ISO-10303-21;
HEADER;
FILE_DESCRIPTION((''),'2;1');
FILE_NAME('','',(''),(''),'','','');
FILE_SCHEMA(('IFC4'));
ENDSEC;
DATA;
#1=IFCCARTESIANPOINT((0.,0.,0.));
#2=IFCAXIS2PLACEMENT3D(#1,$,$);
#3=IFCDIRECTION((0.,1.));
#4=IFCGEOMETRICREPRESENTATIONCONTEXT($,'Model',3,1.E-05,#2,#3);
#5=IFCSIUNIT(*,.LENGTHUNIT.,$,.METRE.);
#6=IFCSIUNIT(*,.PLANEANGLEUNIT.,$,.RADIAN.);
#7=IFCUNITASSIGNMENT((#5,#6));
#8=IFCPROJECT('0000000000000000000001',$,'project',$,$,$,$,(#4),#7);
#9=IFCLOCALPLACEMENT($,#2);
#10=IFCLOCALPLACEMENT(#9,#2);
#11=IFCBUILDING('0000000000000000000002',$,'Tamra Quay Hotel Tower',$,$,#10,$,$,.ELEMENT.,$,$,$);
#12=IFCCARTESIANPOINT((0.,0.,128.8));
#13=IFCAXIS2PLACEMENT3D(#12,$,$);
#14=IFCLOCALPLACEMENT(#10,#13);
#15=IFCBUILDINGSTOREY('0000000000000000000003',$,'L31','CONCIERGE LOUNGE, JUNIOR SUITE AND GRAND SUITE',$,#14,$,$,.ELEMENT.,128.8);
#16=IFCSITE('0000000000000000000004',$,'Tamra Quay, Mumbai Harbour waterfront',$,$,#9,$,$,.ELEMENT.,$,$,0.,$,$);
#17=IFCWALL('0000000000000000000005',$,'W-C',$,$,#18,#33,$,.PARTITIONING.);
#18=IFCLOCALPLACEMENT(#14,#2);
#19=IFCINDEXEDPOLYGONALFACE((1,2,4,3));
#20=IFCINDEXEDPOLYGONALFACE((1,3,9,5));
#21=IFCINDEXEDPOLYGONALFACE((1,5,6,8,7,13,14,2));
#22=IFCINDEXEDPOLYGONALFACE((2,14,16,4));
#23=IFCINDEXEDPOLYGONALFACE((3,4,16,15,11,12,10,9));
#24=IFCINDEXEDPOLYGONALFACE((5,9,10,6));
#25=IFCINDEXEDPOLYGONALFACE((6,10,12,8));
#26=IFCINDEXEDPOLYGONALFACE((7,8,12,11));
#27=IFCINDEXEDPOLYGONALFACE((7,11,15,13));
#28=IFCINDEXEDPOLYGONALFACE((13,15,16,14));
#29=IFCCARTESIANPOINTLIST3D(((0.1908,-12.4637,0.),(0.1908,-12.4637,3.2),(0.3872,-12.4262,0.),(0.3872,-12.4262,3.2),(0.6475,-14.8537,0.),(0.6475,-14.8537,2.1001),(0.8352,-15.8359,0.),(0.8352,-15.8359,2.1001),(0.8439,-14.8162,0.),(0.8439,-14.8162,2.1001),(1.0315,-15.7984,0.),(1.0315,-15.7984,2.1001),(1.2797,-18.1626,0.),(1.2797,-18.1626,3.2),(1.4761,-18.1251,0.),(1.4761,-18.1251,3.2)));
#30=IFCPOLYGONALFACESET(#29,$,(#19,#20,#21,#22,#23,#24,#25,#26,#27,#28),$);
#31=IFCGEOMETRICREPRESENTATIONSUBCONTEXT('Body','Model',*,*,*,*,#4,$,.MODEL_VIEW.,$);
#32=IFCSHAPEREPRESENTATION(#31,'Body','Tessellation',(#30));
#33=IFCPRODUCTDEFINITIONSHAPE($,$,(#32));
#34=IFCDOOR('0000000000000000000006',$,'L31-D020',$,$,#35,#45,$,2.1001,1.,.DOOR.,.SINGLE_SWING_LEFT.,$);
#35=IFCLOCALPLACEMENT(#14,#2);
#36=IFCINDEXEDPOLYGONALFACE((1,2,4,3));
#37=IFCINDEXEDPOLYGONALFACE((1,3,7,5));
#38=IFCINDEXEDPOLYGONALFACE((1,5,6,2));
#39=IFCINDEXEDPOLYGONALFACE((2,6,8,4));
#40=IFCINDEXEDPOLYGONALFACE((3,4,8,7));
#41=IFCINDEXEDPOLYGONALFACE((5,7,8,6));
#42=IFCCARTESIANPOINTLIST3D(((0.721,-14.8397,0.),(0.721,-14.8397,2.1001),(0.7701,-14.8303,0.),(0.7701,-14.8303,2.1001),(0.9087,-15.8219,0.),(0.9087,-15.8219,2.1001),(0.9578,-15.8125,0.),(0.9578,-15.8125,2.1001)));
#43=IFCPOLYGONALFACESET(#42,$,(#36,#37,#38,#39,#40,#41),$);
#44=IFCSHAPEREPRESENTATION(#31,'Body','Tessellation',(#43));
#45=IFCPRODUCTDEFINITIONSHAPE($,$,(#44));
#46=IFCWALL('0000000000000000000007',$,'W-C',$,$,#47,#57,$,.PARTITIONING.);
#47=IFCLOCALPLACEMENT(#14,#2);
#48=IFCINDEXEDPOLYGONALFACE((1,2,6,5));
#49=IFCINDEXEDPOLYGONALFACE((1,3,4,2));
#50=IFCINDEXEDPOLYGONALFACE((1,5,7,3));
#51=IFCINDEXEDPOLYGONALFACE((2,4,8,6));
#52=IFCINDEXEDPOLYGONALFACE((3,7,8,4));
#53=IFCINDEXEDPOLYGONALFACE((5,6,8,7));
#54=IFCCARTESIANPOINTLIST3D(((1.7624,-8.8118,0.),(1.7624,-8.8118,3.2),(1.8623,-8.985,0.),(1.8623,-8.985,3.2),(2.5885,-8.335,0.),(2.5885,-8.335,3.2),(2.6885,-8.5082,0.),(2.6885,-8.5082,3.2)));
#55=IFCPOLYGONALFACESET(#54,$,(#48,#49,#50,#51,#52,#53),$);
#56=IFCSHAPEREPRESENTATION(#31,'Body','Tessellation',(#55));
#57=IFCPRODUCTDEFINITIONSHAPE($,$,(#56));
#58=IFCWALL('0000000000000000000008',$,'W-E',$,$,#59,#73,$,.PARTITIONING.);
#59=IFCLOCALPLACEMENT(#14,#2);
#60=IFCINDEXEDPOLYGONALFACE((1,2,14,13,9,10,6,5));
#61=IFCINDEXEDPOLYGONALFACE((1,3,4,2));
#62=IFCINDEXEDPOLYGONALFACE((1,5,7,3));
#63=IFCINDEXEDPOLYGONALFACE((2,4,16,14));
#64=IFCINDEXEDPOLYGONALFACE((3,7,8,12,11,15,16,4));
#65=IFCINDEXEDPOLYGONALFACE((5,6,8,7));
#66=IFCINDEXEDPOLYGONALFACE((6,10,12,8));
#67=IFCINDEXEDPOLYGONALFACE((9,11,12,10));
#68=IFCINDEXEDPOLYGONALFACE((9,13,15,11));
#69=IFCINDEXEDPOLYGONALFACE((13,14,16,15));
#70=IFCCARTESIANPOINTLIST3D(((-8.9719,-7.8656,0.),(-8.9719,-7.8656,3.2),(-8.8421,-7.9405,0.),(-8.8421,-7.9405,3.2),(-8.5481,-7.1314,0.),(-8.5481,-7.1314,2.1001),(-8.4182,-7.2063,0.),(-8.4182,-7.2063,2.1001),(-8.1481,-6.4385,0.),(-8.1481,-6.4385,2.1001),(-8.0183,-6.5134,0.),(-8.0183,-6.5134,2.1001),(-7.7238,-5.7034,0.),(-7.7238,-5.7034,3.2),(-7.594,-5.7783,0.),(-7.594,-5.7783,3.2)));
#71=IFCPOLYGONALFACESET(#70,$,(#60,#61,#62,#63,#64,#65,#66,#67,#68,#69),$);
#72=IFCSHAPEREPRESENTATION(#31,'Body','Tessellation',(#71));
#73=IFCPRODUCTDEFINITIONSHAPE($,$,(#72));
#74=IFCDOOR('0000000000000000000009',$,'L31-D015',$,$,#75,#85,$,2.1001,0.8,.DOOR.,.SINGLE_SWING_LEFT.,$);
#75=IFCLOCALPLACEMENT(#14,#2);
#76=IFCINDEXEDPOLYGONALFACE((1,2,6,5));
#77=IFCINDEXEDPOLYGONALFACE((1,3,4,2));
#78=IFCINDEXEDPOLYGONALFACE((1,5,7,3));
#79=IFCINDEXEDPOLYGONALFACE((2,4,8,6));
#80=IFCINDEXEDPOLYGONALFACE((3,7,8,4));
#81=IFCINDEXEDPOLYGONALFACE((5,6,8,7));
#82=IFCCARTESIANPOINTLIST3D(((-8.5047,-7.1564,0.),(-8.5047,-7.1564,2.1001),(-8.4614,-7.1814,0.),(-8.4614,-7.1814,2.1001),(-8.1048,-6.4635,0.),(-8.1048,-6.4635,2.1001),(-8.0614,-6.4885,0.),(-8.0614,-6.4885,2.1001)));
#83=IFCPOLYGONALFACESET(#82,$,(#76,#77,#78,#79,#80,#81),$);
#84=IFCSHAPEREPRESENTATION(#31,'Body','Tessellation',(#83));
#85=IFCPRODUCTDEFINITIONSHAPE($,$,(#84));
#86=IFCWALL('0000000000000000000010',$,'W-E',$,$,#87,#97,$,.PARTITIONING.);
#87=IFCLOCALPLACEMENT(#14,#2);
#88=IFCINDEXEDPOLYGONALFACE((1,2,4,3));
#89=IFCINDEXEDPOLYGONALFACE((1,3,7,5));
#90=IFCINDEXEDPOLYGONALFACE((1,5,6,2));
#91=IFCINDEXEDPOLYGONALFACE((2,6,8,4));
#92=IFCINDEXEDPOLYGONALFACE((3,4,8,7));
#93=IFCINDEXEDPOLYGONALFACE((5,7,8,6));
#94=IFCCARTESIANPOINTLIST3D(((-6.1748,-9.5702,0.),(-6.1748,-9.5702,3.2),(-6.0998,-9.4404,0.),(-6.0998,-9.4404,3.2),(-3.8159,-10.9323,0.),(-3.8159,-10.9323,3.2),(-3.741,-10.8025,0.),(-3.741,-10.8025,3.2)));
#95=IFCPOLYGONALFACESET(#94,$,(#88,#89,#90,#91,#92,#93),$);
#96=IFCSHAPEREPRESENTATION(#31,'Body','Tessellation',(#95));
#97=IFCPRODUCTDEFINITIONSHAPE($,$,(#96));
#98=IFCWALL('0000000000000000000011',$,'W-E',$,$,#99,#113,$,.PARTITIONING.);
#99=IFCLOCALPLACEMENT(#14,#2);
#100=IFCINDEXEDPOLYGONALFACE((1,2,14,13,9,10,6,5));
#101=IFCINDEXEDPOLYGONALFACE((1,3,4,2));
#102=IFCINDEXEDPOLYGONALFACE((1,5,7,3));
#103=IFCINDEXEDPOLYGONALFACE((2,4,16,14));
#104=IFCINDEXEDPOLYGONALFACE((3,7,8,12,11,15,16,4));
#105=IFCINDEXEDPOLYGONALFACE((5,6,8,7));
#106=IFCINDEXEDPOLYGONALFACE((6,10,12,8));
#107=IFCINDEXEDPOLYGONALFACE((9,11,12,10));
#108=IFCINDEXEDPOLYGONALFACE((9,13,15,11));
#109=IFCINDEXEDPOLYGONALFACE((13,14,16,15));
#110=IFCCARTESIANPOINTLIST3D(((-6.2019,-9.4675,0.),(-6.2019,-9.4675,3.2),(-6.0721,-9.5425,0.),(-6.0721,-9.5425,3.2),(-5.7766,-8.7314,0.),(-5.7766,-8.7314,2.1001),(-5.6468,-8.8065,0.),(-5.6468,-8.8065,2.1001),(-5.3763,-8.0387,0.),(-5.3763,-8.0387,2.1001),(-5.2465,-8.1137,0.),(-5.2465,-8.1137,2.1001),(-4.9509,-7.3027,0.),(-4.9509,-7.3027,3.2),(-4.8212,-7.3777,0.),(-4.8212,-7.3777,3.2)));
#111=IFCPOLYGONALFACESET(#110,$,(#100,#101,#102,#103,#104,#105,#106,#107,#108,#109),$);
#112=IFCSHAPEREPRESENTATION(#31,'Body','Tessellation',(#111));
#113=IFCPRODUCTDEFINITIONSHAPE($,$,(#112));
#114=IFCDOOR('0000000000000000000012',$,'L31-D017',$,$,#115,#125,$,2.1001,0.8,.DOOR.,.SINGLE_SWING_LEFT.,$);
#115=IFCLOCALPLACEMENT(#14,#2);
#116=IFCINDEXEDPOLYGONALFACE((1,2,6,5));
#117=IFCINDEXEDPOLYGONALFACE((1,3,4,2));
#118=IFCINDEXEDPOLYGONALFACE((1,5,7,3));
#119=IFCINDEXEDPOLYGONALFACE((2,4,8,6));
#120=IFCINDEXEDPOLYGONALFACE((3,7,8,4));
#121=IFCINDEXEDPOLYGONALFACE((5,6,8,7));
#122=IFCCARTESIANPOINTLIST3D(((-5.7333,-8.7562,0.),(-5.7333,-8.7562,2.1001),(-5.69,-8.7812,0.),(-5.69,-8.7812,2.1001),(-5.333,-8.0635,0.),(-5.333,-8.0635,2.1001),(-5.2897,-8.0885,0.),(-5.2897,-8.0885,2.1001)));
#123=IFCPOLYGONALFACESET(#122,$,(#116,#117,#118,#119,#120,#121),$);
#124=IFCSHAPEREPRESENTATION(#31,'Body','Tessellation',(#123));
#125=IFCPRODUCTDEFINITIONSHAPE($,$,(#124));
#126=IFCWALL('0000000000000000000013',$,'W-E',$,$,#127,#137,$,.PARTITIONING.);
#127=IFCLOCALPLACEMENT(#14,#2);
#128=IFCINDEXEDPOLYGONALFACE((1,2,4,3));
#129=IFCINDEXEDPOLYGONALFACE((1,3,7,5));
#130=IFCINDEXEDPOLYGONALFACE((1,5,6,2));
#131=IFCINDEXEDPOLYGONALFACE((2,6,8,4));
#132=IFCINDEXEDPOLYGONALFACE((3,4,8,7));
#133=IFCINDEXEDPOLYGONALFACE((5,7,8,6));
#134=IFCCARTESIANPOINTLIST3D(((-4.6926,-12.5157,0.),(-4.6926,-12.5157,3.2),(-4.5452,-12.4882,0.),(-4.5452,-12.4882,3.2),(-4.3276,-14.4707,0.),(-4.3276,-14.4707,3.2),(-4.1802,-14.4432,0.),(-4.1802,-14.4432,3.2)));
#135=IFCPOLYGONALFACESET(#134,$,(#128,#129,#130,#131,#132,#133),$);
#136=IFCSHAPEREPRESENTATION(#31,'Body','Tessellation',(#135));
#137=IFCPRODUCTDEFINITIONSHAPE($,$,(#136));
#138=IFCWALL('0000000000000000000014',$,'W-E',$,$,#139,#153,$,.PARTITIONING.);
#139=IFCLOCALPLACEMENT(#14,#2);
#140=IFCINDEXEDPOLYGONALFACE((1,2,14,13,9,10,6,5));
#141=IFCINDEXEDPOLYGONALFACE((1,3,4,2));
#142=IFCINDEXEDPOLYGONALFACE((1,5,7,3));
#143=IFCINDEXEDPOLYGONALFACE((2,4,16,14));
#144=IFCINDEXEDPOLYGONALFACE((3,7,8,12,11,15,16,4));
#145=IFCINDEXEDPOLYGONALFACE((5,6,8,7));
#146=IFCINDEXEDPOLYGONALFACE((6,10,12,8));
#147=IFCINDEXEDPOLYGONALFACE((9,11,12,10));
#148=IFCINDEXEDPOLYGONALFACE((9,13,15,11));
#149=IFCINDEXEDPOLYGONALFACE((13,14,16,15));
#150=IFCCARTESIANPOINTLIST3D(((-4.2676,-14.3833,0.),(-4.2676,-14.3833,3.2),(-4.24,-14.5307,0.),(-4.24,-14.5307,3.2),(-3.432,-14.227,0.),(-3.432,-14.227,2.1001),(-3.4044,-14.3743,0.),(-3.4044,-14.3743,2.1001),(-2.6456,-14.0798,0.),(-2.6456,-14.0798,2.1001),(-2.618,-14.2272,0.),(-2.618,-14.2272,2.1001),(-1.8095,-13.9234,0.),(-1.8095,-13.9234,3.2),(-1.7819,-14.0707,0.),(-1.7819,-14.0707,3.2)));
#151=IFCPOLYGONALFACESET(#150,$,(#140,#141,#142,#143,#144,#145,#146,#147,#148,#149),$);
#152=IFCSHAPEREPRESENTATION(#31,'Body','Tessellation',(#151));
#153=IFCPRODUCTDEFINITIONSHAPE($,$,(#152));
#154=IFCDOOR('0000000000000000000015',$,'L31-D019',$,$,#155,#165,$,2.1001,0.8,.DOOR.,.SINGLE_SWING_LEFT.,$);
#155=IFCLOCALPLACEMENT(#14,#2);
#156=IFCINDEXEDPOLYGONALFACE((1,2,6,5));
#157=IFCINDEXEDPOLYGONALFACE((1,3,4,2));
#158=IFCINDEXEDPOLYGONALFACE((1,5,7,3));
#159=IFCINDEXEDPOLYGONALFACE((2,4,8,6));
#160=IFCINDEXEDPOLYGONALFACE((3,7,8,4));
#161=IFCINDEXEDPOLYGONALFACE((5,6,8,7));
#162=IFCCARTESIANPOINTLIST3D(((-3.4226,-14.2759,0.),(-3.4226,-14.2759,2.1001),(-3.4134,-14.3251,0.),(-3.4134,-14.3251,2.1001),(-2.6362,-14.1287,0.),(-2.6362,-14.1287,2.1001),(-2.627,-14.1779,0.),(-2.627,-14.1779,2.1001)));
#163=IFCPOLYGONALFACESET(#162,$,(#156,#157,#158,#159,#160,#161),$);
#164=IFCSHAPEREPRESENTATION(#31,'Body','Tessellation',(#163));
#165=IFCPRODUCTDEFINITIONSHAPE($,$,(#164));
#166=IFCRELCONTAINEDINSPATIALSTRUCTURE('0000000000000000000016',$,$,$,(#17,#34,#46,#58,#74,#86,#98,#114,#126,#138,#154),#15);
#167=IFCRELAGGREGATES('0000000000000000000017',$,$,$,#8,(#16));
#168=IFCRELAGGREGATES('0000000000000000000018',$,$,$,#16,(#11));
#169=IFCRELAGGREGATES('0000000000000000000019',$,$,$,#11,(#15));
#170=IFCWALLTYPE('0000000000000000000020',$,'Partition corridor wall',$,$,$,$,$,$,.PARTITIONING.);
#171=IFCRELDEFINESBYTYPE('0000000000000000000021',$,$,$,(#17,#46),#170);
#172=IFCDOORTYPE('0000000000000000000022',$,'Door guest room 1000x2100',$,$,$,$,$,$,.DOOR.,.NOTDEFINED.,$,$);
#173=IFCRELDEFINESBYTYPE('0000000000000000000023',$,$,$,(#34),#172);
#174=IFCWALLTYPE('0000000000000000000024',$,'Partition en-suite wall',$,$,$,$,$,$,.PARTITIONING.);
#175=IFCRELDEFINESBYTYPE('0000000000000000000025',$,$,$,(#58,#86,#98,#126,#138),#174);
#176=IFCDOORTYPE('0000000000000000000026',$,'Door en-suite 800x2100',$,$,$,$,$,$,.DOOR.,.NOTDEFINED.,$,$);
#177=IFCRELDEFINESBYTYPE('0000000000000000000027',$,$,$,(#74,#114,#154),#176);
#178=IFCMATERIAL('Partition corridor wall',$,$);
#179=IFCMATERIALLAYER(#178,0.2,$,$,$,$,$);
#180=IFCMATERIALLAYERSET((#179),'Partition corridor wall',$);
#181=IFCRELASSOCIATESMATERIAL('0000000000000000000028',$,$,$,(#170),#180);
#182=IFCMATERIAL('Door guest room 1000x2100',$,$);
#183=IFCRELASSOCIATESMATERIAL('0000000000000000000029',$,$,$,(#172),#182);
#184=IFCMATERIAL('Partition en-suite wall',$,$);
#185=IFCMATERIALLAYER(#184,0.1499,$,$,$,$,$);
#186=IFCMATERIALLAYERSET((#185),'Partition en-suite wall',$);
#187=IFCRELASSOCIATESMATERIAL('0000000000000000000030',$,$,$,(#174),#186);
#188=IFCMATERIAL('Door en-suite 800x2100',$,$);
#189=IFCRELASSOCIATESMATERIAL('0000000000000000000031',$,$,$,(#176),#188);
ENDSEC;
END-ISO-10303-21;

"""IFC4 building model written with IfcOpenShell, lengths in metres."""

from ifc_helpers import new_model, si_unit, direction, frame, frame_2d, origin, place, context, subcontext, project, spatial, rectangle, extrude, material, layer, layer_set, type_object, element, fill, save


model = new_model("IFC4")

# Units and contexts
model_context = context("Model", 3, precision=1e-05, world=origin(), true_north=direction((0.0, 1.0)))
body_context = subcontext(model_context, "Body", "Model", "MODEL_VIEW")
ifc_project = project(units=[si_unit("LENGTHUNIT", "METRE"), si_unit("PLANEANGLEUNIT", "RADIAN")], contexts=[model_context])

# Site, building, storey
site_placement = place(None, origin())
site = spatial("IfcSite", under=ifc_project, at=site_placement, Name="Tamra Quay, Mumbai Harbour waterfront", CompositionType="ELEMENT", RefElevation=0.0)
building_placement = place(site_placement, origin())
building = spatial("IfcBuilding", under=site, at=building_placement, Name="Tamra Quay Hotel Tower", CompositionType="ELEMENT")
storey_placement = place(building_placement, frame((0.0, 0.0, 128.8)))
storey = spatial("IfcBuildingStorey", under=building, at=storey_placement, Name="L31", Description="CONCIERGE LOUNGE, JUNIOR SUITE AND GRAND SUITE", CompositionType="ELEMENT", Elevation=128.8)

# Shared definitions
ifc_material_1 = material(Name="Partition corridor wall")
ifc_layer_1 = layer(ifc_material_1, 0.2)
ifc_layer_set_1 = layer_set([ifc_layer_1], Name="Partition corridor wall")
wall_type_1 = type_object("IfcWallType", Name="Partition corridor wall", PredefinedType="PARTITIONING", material=ifc_layer_set_1)

# Wall, opening, door
wall_1_placement = place(storey_placement, frame((0.2891, -12.4451, 0.0), z_axis=(0.0, 0.0, 1.0), x_axis=(0.187669, -0.982232, 0.0)))
wall_1 = element("IfcWall", 1, at=wall_1_placement, inside=storey, type_object=wall_type_1, Name="W-C", PredefinedType="PARTITIONING", context=body_context, shape_type="SweptSolid", body=[
    extrude(rectangle(XDim=5.802, YDim=0.2, at=frame_2d((2.9009, 0.0))), origin(), (0.0, 0.0, 1.0), 3.2),
])
opening_1_placement = place(wall_1_placement, frame((2.4331, 0.0, 0.0)))
opening_1 = element("IfcOpeningElement", 2, at=opening_1_placement, cuts=wall_1, PredefinedType="OPENING", context=body_context, shape_type="SweptSolid", body=[
    extrude(rectangle(XDim=1.0, YDim=2.1001, at=frame_2d((0.5, 1.05))), frame((0.0, 0.1099, 0.0), z_axis=(0.0, -1.0, 0.0), x_axis=(1.0, 0.0, 0.0)), (0.0, 0.0, 1.0), 0.22),
])
ifc_material_2 = material(Name="Door guest room 1000x2100")
door_type_1 = type_object("IfcDoorType", Name="Door guest room 1000x2100", OperationType="NOTDEFINED", PredefinedType="DOOR", material=ifc_material_2)
door_1_placement = place(opening_1_placement, origin())
door_1 = element("IfcDoor", 3, at=door_1_placement, inside=storey, type_object=door_type_1, Name="L31-D020", OperationType="SINGLE_SWING_LEFT", OverallHeight=2.1001, OverallWidth=1.0, PredefinedType="DOOR", context=body_context, shape_type="SweptSolid", body=[
    extrude(rectangle(XDim=1.0, YDim=2.1001, at=frame_2d((0.5, 1.05))), frame((0.0, 0.0249, 0.0), z_axis=(0.0, -1.0, 0.0), x_axis=(1.0, 0.0, 0.0)), (0.0, 0.0, 1.0), 0.05),
])
fill(opening_1, door_1)

# Wall
wall_2_placement = place(storey_placement, frame((1.8123, -8.8984, 0.0), z_axis=(0.0, 0.0, 1.0), x_axis=(0.866109, 0.499855, 0.0)))
element("IfcWall", 4, at=wall_2_placement, inside=storey, type_object=wall_type_1, Name="W-C", PredefinedType="PARTITIONING", context=body_context, shape_type="SweptSolid", body=[
    extrude(rectangle(XDim=0.9539, YDim=0.2, at=frame_2d((0.4771, 0.0))), origin(), (0.0, 0.0, 1.0), 3.2),
])

# Wall, opening, door
ifc_material_3 = material(Name="Partition en-suite wall")
ifc_layer_2 = layer(ifc_material_3, 0.1499)
ifc_layer_set_2 = layer_set([ifc_layer_2], Name="Partition en-suite wall")
wall_type_2 = type_object("IfcWallType", Name="Partition en-suite wall", PredefinedType="PARTITIONING", material=ifc_layer_set_2)
wall_3_placement = place(storey_placement, frame((-8.907, -7.9031, 0.0), z_axis=(0.0, 0.0, 1.0), x_axis=(0.499926, 0.866068, 0.0)))
wall_3 = element("IfcWall", 5, at=wall_3_placement, inside=storey, type_object=wall_type_2, Name="W-E", PredefinedType="PARTITIONING", context=body_context, shape_type="SweptSolid", body=[
    extrude(rectangle(XDim=2.4966, YDim=0.1499, at=frame_2d((1.2483, 0.0))), origin(), (0.0, 0.0, 1.0), 3.2),
])
opening_2_placement = place(wall_3_placement, frame((0.8479, 0.0, 0.0)))
opening_2 = element("IfcOpeningElement", 6, at=opening_2_placement, cuts=wall_3, PredefinedType="OPENING", context=body_context, shape_type="SweptSolid", body=[
    extrude(rectangle(XDim=0.8, YDim=2.1001, at=frame_2d((0.3999, 1.05))), frame((0.0, 0.085, 0.0), z_axis=(0.0, -1.0, 0.0), x_axis=(1.0, 0.0, 0.0)), (0.0, 0.0, 1.0), 0.1699),
])
ifc_material_4 = material(Name="Door en-suite 800x2100")
door_type_2 = type_object("IfcDoorType", Name="Door en-suite 800x2100", OperationType="NOTDEFINED", PredefinedType="DOOR", material=ifc_material_4)
door_2_placement = place(opening_2_placement, origin())
door_2 = element("IfcDoor", 7, at=door_2_placement, inside=storey, type_object=door_type_2, Name="L31-D015", OperationType="SINGLE_SWING_LEFT", OverallHeight=2.1001, OverallWidth=0.8, PredefinedType="DOOR", context=body_context, shape_type="SweptSolid", body=[
    extrude(rectangle(XDim=0.8, YDim=2.1001, at=frame_2d((0.3999, 1.05))), frame((0.0, 0.0249, 0.0), z_axis=(0.0, -1.0, 0.0), x_axis=(1.0, 0.0, 0.0)), (0.0, 0.0, 1.0), 0.05),
])
fill(opening_2, door_2)

# Wall
wall_4_placement = place(storey_placement, frame((-6.1372, -9.5054, 0.0), z_axis=(0.0, 0.0, 1.0), x_axis=(0.866, -0.500043, 0.0)))
element("IfcWall", 8, at=wall_4_placement, inside=storey, type_object=wall_type_2, Name="W-E", PredefinedType="PARTITIONING", context=body_context, shape_type="SweptSolid", body=[
    extrude(rectangle(XDim=2.7239, YDim=0.1499, at=frame_2d((1.3618, 0.0))), origin(), (0.0, 0.0, 1.0), 3.2),
])

# Wall, opening, door
wall_5_placement = place(storey_placement, frame((-6.137, -9.5049, 0.0), z_axis=(0.0, 0.0, 1.0), x_axis=(0.500339, 0.865829, 0.0)))
wall_5 = element("IfcWall", 9, at=wall_5_placement, inside=storey, type_object=wall_type_2, Name="W-E", PredefinedType="PARTITIONING", context=body_context, shape_type="SweptSolid", body=[
    extrude(rectangle(XDim=2.5002, YDim=0.1499, at=frame_2d((1.25, 0.0))), origin(), (0.0, 0.0, 1.0), 3.2),
])
opening_3_placement = place(wall_5_placement, frame((0.8501, 0.0, 0.0)))
opening_3 = element("IfcOpeningElement", 10, at=opening_3_placement, cuts=wall_5, PredefinedType="OPENING", context=body_context, shape_type="SweptSolid", body=[
    extrude(rectangle(XDim=0.8, YDim=2.1001, at=frame_2d((0.3999, 1.05))), frame((0.0, 0.085, 0.0), z_axis=(0.0, -1.0, 0.0), x_axis=(1.0, 0.0, 0.0)), (0.0, 0.0, 1.0), 0.1699),
])
door_3_placement = place(opening_3_placement, frame((0.8, 0.0, 0.0), z_axis=(0.0, 0.0, 1.0), x_axis=(-1.0, 0.0, 0.0)))
door_3 = element("IfcDoor", 11, at=door_3_placement, inside=storey, type_object=door_type_2, Name="L31-D017", OperationType="SINGLE_SWING_LEFT", OverallHeight=2.1001, OverallWidth=0.8, PredefinedType="DOOR", context=body_context, shape_type="SweptSolid", body=[
    extrude(rectangle(XDim=0.8, YDim=2.1001, at=frame_2d((0.3999, 1.05))), frame((0.0, 0.0249, 0.0), z_axis=(0.0, -1.0, 0.0), x_axis=(1.0, 0.0, 0.0)), (0.0, 0.0, 1.0), 0.05),
])
fill(opening_3, door_3)

# Wall
wall_6_placement = place(storey_placement, frame((-4.6189, -12.502, 0.0), z_axis=(0.0, 0.0, 1.0), x_axis=(0.183518, -0.983016, 0.0)))
element("IfcWall", 12, at=wall_6_placement, inside=storey, type_object=wall_type_2, Name="W-E", PredefinedType="PARTITIONING", context=body_context, shape_type="SweptSolid", body=[
    extrude(rectangle(XDim=1.9888, YDim=0.1499, at=frame_2d((0.9944, 0.0))), origin(), (0.0, 0.0, 1.0), 3.2),
])

# Wall, opening, door
wall_7_placement = place(storey_placement, frame((-4.2539, -14.457, 0.0), z_axis=(0.0, 0.0, 1.0), x_axis=(0.982938, 0.183935, 0.0)))
wall_7 = element("IfcWall", 13, at=wall_7_placement, inside=storey, type_object=wall_type_2, Name="W-E", PredefinedType="PARTITIONING", context=body_context, shape_type="SweptSolid", body=[
    extrude(rectangle(XDim=2.5007, YDim=0.1499, at=frame_2d((1.2505, 0.0))), origin(), (0.0, 0.0, 1.0), 3.2),
])
opening_4_placement = place(wall_7_placement, frame((0.8503, 0.0, 0.0)))
opening_4 = element("IfcOpeningElement", 14, at=opening_4_placement, cuts=wall_7, PredefinedType="OPENING", context=body_context, shape_type="SweptSolid", body=[
    extrude(rectangle(XDim=0.8, YDim=2.1001, at=frame_2d((0.3999, 1.05))), frame((0.0, 0.085, 0.0), z_axis=(0.0, -1.0, 0.0), x_axis=(1.0, 0.0, 0.0)), (0.0, 0.0, 1.0), 0.1699),
])
door_4_placement = place(opening_4_placement, frame((0.8, 0.0, 0.0), z_axis=(0.0, 0.0, 1.0), x_axis=(-1.0, 0.0, 0.0)))
door_4 = element("IfcDoor", 15, at=door_4_placement, inside=storey, type_object=door_type_2, Name="L31-D019", OperationType="SINGLE_SWING_LEFT", OverallHeight=2.1001, OverallWidth=0.8, PredefinedType="DOOR", context=body_context, shape_type="SweptSolid", body=[
    extrude(rectangle(XDim=0.8, YDim=2.1001, at=frame_2d((0.3999, 1.05))), frame((0.0, 0.0249, 0.0), z_axis=(0.0, -1.0, 0.0), x_axis=(1.0, 0.0, 0.0)), (0.0, 0.0, 1.0), 0.05),
])
fill(opening_4, door_4)

save(model, "model.ifc")
